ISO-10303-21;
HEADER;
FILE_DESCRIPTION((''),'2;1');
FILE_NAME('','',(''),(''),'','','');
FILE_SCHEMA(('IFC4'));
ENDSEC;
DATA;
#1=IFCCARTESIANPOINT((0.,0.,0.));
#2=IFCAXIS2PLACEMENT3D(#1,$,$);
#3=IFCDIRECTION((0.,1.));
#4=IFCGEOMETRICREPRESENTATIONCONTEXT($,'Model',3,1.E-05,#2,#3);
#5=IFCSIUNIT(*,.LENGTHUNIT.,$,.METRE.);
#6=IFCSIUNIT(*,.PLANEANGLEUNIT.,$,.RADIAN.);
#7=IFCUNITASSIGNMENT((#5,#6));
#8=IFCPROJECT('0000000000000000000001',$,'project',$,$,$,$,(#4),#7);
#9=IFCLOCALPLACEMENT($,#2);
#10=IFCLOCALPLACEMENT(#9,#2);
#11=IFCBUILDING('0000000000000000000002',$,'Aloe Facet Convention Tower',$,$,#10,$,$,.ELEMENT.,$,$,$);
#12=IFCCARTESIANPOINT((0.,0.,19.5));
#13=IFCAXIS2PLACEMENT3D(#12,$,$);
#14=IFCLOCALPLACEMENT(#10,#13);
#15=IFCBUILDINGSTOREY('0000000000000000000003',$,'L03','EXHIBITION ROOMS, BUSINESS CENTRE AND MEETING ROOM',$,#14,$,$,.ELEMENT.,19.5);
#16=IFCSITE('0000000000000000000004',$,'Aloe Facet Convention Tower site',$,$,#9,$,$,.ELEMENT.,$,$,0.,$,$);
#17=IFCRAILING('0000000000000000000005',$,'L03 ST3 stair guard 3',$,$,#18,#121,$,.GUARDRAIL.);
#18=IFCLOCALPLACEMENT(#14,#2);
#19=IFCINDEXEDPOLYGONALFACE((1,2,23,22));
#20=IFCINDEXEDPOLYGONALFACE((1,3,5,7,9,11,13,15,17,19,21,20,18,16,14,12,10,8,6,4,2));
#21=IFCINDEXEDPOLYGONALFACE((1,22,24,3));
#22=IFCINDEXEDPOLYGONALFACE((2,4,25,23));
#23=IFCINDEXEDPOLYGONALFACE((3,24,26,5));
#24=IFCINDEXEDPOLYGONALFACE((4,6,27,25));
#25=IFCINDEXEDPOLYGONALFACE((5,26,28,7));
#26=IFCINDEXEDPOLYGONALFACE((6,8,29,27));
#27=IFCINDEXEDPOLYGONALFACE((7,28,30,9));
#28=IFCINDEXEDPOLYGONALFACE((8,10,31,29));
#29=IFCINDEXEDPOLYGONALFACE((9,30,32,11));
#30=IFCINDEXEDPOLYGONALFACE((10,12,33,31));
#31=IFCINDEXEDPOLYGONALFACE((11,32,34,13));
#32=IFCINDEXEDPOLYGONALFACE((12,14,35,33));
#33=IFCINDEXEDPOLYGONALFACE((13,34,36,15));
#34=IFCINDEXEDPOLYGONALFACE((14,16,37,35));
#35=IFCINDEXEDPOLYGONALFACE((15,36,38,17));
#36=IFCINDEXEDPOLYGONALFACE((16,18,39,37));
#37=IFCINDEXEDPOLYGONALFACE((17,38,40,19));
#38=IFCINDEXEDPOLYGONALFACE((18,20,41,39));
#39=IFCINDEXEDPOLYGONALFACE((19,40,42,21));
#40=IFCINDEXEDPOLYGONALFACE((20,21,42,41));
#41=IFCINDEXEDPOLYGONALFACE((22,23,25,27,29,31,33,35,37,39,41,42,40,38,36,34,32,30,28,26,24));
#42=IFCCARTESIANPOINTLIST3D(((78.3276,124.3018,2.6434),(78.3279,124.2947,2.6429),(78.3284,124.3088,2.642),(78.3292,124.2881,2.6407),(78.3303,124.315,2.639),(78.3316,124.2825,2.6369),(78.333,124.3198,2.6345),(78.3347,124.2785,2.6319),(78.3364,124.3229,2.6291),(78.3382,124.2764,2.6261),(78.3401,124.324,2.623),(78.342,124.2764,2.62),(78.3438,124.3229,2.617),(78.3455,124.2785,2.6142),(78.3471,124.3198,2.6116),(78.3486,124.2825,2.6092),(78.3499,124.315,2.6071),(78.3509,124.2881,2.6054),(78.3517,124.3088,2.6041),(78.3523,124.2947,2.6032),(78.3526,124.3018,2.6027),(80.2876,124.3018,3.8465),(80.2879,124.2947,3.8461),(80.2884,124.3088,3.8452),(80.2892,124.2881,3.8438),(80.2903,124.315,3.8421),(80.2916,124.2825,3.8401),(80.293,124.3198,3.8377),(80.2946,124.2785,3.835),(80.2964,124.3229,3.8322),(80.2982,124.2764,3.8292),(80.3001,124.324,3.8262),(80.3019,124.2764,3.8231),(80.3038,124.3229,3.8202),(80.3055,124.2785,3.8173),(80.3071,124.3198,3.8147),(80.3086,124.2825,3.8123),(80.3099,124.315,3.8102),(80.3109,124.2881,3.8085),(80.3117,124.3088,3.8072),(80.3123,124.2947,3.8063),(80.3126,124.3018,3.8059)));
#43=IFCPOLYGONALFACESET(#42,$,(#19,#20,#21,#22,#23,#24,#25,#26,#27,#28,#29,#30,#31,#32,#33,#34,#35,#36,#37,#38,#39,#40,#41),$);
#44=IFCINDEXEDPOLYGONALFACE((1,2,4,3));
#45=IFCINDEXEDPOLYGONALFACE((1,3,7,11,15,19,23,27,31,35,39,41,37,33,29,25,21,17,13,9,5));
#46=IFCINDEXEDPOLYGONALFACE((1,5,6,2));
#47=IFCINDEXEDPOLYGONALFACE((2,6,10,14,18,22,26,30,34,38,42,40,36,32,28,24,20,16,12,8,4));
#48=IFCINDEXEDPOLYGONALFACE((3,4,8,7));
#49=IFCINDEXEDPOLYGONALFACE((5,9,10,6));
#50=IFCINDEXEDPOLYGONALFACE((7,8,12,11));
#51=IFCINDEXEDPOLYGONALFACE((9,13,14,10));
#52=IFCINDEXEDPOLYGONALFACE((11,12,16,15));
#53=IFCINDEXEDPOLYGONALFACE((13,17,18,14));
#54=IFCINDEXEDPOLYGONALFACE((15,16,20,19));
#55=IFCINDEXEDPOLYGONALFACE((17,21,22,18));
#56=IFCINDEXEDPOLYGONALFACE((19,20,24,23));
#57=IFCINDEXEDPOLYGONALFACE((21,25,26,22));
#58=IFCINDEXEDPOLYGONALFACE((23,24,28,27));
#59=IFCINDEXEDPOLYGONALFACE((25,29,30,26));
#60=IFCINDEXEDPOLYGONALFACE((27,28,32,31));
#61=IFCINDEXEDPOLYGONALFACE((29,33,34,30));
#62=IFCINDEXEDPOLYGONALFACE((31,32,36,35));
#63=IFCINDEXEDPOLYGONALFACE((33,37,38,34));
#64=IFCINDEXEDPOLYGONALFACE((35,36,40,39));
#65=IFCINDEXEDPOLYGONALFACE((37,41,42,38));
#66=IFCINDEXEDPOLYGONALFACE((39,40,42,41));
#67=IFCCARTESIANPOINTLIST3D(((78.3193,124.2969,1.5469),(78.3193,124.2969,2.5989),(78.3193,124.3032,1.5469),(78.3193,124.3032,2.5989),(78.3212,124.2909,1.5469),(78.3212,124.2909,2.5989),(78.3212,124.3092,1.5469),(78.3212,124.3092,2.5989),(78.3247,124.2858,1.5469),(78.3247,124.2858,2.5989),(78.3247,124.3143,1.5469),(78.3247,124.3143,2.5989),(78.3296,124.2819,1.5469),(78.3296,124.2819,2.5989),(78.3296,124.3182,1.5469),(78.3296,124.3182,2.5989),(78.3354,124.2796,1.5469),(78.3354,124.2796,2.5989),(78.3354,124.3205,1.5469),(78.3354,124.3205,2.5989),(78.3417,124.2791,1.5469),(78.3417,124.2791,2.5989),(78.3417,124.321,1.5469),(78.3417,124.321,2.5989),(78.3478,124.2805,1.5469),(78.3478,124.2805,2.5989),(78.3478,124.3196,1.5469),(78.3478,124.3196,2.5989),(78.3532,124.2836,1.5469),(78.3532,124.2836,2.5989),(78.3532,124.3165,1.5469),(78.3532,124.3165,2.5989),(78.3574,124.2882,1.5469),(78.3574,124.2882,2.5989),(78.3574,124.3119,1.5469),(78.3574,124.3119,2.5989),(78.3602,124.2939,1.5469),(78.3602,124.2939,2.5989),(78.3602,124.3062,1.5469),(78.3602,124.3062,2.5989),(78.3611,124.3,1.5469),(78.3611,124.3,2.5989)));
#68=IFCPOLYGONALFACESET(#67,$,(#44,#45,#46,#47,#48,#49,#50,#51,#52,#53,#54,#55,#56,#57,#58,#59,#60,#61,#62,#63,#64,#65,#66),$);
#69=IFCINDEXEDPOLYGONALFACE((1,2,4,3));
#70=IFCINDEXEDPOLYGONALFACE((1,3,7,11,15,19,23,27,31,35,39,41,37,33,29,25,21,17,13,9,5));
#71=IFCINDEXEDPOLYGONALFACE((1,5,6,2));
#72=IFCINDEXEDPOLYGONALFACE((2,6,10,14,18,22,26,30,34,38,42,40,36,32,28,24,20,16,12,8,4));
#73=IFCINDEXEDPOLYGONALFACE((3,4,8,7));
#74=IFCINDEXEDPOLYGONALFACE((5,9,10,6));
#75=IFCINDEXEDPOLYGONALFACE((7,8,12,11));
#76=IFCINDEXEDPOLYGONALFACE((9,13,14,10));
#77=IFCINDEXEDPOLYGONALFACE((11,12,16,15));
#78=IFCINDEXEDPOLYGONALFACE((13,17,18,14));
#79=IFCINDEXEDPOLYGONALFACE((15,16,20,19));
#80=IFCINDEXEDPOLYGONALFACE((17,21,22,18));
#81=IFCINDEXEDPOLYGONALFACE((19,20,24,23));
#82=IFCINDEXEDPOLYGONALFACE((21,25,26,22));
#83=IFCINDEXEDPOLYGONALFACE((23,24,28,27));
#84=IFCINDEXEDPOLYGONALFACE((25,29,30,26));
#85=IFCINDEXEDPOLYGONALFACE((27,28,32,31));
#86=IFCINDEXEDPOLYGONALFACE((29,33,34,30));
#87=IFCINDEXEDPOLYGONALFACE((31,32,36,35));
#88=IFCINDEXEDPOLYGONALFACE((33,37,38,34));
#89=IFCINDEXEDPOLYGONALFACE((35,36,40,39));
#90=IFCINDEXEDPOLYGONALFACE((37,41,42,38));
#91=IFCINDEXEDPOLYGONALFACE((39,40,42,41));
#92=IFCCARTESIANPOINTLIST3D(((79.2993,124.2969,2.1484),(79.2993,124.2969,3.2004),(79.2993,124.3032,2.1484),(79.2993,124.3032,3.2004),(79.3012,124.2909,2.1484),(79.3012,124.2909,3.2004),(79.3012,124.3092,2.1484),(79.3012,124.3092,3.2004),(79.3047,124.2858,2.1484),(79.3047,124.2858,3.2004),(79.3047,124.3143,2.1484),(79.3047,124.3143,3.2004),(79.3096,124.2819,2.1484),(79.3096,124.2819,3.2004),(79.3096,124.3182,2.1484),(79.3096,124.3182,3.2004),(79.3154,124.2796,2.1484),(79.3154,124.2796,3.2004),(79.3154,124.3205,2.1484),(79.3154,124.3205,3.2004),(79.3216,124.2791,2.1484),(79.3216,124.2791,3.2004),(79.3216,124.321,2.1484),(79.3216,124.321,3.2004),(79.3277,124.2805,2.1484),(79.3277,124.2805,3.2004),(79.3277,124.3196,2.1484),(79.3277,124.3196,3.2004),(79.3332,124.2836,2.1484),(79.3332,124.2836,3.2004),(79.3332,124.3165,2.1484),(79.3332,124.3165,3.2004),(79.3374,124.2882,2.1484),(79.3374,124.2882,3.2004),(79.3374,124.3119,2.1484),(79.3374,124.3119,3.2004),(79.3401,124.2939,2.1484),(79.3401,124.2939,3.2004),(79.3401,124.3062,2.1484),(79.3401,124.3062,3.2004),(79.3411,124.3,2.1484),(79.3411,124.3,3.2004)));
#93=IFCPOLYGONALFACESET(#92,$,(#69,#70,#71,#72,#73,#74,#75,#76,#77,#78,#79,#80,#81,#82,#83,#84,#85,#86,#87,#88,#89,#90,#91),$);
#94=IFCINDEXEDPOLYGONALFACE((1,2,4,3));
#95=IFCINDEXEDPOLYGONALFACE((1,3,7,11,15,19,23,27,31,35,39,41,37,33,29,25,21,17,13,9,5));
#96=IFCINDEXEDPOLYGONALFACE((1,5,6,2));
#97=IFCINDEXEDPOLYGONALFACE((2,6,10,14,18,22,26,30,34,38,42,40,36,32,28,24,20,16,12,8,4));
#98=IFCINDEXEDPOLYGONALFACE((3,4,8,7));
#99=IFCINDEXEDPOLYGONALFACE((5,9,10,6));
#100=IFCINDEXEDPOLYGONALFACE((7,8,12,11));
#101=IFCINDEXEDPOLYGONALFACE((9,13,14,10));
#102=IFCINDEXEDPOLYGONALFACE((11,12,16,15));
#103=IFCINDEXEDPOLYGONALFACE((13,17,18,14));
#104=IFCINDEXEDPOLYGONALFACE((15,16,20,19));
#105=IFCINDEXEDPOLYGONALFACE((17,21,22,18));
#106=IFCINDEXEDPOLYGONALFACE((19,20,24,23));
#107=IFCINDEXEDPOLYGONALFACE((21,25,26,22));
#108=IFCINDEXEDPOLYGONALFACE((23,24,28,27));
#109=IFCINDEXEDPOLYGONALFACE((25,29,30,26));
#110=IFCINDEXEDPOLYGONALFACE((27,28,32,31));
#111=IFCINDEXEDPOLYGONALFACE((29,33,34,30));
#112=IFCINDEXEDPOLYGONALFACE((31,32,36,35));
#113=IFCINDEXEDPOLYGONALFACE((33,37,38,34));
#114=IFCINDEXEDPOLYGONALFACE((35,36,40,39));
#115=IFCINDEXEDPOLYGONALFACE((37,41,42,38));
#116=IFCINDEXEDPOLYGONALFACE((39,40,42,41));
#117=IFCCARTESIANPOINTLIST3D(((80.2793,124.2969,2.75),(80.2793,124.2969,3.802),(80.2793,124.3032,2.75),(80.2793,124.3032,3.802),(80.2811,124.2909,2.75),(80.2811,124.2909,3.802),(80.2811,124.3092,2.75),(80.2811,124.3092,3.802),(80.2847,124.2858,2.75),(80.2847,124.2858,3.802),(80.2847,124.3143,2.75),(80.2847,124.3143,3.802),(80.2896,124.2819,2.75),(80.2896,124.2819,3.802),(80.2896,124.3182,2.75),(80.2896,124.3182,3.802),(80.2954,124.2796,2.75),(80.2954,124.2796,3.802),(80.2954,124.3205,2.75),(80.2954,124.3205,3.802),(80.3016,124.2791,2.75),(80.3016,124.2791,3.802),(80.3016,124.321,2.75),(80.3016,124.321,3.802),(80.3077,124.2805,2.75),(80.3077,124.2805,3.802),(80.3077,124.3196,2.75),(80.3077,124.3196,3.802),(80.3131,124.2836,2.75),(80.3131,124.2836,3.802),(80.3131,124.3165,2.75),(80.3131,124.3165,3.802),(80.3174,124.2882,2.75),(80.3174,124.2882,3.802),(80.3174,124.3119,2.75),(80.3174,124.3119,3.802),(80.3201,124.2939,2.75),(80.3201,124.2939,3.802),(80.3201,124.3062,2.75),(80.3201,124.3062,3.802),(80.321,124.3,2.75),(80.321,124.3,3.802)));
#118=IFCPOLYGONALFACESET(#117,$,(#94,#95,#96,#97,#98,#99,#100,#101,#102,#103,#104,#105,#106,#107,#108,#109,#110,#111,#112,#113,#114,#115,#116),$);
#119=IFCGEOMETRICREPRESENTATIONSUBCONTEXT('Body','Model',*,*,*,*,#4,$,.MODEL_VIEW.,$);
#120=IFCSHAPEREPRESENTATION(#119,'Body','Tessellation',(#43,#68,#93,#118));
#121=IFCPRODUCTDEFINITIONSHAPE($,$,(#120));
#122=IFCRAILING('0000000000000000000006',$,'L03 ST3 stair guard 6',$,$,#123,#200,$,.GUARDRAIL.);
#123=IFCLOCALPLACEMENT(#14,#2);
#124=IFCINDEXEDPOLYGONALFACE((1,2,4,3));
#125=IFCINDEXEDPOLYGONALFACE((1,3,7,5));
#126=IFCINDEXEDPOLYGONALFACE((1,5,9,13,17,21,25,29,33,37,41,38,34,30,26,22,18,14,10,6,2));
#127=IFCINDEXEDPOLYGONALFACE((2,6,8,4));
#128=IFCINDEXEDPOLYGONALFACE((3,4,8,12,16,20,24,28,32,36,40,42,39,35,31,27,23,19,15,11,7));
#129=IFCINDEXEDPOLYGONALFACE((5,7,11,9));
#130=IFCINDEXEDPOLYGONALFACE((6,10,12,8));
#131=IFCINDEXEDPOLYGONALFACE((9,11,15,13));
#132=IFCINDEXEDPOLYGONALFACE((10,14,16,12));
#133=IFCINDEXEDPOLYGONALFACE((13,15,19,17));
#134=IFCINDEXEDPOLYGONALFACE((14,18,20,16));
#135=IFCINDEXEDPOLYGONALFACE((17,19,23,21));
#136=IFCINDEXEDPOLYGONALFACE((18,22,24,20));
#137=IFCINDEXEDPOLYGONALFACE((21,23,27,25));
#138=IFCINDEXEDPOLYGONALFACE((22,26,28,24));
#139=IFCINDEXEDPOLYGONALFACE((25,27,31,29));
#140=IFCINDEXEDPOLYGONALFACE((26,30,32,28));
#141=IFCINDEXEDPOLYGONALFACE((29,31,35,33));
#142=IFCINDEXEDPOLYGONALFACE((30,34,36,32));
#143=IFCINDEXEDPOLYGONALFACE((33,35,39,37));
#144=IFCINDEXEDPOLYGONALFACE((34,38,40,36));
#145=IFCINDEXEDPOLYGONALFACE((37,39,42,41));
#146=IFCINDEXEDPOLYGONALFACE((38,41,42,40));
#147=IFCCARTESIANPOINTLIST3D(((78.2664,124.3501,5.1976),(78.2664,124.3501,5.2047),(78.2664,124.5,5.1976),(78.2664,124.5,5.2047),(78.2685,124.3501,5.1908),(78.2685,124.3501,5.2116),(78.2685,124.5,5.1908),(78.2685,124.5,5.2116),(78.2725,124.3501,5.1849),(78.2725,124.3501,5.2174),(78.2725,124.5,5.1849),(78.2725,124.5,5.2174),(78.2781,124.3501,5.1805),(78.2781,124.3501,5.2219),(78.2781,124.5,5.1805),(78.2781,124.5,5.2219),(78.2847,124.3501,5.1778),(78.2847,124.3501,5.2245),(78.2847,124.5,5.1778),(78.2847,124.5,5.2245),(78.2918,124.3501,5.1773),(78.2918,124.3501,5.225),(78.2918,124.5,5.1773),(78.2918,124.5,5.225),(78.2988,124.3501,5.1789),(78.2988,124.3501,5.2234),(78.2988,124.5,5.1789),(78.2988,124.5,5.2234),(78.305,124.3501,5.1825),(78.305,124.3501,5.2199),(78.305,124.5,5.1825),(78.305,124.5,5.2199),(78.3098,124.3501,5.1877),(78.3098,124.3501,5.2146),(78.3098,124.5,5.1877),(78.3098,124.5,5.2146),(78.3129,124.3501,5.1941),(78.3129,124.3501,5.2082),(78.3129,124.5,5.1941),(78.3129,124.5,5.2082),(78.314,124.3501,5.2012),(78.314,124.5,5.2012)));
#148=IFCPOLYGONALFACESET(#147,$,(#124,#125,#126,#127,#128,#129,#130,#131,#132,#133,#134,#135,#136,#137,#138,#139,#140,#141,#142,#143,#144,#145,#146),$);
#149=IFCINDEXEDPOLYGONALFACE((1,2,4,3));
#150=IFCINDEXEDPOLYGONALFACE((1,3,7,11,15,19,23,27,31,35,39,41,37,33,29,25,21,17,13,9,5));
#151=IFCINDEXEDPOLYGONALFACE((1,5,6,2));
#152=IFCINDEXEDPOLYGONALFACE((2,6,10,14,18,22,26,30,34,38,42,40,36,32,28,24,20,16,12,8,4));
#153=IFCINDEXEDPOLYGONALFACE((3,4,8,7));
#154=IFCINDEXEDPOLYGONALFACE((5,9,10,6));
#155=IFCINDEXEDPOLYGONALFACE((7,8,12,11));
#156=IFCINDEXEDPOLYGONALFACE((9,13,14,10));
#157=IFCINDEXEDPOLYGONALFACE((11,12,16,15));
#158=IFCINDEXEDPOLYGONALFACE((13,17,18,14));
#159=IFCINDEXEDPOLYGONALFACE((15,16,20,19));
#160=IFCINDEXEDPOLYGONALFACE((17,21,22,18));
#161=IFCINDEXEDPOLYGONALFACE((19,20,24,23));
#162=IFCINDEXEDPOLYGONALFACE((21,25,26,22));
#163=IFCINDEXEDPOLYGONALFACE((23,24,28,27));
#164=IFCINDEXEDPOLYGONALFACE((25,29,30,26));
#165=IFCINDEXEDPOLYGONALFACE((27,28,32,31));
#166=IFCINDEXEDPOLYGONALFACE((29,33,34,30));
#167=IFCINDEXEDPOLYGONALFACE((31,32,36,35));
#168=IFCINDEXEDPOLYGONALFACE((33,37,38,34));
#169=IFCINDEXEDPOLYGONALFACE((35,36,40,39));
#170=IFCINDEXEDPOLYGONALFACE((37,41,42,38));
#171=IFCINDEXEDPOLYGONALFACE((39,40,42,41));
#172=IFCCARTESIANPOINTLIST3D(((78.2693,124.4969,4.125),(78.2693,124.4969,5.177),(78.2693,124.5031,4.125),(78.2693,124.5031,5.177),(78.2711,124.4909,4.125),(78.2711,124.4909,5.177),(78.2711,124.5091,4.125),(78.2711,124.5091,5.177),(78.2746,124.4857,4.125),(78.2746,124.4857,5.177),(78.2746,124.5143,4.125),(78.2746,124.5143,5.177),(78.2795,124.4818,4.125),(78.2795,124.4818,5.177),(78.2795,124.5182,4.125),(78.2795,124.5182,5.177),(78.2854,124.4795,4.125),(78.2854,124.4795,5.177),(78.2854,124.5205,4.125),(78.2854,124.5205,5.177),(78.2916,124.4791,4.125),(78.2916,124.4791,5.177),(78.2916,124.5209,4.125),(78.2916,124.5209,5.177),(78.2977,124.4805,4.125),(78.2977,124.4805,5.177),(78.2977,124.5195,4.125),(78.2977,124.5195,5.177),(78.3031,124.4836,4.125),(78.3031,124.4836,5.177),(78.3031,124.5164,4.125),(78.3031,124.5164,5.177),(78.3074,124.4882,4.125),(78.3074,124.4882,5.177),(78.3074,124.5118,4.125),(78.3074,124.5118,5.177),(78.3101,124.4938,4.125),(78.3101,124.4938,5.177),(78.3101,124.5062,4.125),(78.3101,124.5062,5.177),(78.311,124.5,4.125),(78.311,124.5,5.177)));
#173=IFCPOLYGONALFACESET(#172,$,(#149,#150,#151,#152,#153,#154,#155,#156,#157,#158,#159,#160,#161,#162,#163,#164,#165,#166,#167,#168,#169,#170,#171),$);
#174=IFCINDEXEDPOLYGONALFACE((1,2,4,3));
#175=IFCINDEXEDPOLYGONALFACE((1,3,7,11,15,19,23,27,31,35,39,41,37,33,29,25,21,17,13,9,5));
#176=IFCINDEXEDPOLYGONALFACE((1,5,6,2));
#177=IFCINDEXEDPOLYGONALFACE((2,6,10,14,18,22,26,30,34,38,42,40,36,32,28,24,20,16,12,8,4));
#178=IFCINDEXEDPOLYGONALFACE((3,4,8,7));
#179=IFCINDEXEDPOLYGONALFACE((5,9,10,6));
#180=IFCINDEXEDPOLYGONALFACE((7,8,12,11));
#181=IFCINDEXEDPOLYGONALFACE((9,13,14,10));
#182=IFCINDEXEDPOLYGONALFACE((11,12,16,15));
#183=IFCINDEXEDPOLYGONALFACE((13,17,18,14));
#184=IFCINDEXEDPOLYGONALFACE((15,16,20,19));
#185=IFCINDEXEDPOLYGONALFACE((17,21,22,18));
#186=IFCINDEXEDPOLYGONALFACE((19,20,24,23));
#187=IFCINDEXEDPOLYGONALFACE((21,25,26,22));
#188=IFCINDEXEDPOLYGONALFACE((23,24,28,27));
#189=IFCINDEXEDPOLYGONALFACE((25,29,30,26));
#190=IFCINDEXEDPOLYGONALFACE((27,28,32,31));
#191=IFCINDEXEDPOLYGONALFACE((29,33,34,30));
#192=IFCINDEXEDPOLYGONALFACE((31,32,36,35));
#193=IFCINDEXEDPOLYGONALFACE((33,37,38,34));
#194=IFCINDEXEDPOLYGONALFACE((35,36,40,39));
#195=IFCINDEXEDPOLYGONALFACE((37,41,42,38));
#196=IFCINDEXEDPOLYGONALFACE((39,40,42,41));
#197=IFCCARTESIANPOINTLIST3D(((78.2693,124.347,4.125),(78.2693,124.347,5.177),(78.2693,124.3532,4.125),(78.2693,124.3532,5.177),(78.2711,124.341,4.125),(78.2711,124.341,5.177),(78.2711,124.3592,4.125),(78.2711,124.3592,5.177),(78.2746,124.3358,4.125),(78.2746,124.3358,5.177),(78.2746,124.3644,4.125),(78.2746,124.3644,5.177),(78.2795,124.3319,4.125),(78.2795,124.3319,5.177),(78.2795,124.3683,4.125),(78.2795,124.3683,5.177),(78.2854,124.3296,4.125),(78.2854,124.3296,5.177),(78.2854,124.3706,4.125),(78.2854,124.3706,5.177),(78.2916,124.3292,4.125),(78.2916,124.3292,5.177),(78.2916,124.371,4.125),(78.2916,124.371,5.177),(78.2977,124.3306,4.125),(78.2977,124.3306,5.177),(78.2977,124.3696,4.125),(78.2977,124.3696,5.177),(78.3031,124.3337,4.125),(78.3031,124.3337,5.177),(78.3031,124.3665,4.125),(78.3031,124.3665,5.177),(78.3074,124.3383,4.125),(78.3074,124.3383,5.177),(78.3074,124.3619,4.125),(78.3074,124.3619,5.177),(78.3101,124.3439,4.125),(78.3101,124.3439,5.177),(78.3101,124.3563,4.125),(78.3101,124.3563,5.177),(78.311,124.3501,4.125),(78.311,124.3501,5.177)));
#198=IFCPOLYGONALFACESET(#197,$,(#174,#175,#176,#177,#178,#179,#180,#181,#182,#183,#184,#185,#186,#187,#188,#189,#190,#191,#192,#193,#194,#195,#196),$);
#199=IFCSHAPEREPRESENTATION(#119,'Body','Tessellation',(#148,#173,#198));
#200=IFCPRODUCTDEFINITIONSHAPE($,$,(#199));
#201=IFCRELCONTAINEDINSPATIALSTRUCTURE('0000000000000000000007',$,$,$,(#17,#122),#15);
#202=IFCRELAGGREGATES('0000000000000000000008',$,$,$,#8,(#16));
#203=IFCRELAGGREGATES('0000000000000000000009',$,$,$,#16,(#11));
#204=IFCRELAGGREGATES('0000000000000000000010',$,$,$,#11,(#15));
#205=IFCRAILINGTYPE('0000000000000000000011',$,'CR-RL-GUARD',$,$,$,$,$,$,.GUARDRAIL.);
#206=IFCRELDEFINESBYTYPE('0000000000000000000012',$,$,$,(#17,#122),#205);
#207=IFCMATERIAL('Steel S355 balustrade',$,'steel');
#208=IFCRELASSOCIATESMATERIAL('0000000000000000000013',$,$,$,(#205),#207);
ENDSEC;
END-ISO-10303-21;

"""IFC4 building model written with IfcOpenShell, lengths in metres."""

from ifc_helpers import new_model, si_unit, direction, frame, origin, origin_2d, place, context, subcontext, project, spatial, circle, extrude, material, type_object, element, save


model = new_model("IFC4")

# Units and contexts
model_context = context("Model", 3, precision=1e-05, world=origin(), true_north=direction((0.0, 1.0)))
body_context = subcontext(model_context, "Body", "Model", "MODEL_VIEW")
ifc_project = project(units=[si_unit("LENGTHUNIT", "METRE"), si_unit("PLANEANGLEUNIT", "RADIAN")], contexts=[model_context])

# Site, building, storey
site_placement = place(None, origin())
site = spatial("IfcSite", under=ifc_project, at=site_placement, Name="Aloe Facet Convention Tower site", CompositionType="ELEMENT", RefElevation=0.0)
building_placement = place(site_placement, origin())
building = spatial("IfcBuilding", under=site, at=building_placement, Name="Aloe Facet Convention Tower", CompositionType="ELEMENT")
storey_placement = place(building_placement, frame((0.0, 0.0, 19.5)))
storey = spatial("IfcBuildingStorey", under=building, at=storey_placement, Name="L03", Description="EXHIBITION ROOMS, BUSINESS CENTRE AND MEETING ROOM", CompositionType="ELEMENT", Elevation=19.5)

# Railings
ifc_material_1 = material(Name="Steel S355 balustrade", Category="steel")
railing_type_1 = type_object("IfcRailingType", Name="CR-RL-GUARD", PredefinedType="GUARDRAIL", material=ifc_material_1)
railing_1_placement = place(storey_placement, frame((78.3401, 124.3, 1.5469)))
element("IfcRailing", 1, at=railing_1_placement, inside=storey, type_object=railing_type_1, Name="L03 ST3 stair guard 3", PredefinedType="GUARDRAIL", context=body_context, shape_type="SweptSolid", body=[
    extrude(circle(Radius=0.0239, at=origin_2d()), frame((0.0, 0.0, 1.0762), z_axis=(0.852241, 0.0, 0.523149), x_axis=(0.0, 1.0, 0.0)), (0.0, 0.0, 1.0), 2.2998),
    extrude(circle(Radius=0.021, at=origin_2d()), origin(), (0.0, 0.0, 1.0), 1.052),
    extrude(circle(Radius=0.021, at=origin_2d()), frame((0.98, 0.0, 0.6016)), (0.0, 0.0, 1.0), 1.052),
    extrude(circle(Radius=0.021, at=origin_2d()), frame((1.96, 0.0, 1.2031)), (0.0, 0.0, 1.0), 1.052),
])
railing_2_placement = place(storey_placement, frame((78.29, 124.5, 4.125)))
element("IfcRailing", 2, at=railing_2_placement, inside=storey, type_object=railing_type_1, Name="L03 ST3 stair guard 6", PredefinedType="GUARDRAIL", context=body_context, shape_type="SweptSolid", body=[
    extrude(circle(Radius=0.0239, at=origin_2d()), frame((0.0, 0.0, 1.0762), z_axis=(0.0, -1.0, 0.0), x_axis=(1.0, 0.0, 0.0)), (0.0, 0.0, 1.0), 0.1499),
    extrude(circle(Radius=0.021, at=origin_2d()), origin(), (0.0, 0.0, 1.0), 1.052),
    extrude(circle(Radius=0.021, at=origin_2d()), frame((0.0, -0.1499, 0.0)), (0.0, 0.0, 1.0), 1.052),
])

save(model, "model.ifc")
